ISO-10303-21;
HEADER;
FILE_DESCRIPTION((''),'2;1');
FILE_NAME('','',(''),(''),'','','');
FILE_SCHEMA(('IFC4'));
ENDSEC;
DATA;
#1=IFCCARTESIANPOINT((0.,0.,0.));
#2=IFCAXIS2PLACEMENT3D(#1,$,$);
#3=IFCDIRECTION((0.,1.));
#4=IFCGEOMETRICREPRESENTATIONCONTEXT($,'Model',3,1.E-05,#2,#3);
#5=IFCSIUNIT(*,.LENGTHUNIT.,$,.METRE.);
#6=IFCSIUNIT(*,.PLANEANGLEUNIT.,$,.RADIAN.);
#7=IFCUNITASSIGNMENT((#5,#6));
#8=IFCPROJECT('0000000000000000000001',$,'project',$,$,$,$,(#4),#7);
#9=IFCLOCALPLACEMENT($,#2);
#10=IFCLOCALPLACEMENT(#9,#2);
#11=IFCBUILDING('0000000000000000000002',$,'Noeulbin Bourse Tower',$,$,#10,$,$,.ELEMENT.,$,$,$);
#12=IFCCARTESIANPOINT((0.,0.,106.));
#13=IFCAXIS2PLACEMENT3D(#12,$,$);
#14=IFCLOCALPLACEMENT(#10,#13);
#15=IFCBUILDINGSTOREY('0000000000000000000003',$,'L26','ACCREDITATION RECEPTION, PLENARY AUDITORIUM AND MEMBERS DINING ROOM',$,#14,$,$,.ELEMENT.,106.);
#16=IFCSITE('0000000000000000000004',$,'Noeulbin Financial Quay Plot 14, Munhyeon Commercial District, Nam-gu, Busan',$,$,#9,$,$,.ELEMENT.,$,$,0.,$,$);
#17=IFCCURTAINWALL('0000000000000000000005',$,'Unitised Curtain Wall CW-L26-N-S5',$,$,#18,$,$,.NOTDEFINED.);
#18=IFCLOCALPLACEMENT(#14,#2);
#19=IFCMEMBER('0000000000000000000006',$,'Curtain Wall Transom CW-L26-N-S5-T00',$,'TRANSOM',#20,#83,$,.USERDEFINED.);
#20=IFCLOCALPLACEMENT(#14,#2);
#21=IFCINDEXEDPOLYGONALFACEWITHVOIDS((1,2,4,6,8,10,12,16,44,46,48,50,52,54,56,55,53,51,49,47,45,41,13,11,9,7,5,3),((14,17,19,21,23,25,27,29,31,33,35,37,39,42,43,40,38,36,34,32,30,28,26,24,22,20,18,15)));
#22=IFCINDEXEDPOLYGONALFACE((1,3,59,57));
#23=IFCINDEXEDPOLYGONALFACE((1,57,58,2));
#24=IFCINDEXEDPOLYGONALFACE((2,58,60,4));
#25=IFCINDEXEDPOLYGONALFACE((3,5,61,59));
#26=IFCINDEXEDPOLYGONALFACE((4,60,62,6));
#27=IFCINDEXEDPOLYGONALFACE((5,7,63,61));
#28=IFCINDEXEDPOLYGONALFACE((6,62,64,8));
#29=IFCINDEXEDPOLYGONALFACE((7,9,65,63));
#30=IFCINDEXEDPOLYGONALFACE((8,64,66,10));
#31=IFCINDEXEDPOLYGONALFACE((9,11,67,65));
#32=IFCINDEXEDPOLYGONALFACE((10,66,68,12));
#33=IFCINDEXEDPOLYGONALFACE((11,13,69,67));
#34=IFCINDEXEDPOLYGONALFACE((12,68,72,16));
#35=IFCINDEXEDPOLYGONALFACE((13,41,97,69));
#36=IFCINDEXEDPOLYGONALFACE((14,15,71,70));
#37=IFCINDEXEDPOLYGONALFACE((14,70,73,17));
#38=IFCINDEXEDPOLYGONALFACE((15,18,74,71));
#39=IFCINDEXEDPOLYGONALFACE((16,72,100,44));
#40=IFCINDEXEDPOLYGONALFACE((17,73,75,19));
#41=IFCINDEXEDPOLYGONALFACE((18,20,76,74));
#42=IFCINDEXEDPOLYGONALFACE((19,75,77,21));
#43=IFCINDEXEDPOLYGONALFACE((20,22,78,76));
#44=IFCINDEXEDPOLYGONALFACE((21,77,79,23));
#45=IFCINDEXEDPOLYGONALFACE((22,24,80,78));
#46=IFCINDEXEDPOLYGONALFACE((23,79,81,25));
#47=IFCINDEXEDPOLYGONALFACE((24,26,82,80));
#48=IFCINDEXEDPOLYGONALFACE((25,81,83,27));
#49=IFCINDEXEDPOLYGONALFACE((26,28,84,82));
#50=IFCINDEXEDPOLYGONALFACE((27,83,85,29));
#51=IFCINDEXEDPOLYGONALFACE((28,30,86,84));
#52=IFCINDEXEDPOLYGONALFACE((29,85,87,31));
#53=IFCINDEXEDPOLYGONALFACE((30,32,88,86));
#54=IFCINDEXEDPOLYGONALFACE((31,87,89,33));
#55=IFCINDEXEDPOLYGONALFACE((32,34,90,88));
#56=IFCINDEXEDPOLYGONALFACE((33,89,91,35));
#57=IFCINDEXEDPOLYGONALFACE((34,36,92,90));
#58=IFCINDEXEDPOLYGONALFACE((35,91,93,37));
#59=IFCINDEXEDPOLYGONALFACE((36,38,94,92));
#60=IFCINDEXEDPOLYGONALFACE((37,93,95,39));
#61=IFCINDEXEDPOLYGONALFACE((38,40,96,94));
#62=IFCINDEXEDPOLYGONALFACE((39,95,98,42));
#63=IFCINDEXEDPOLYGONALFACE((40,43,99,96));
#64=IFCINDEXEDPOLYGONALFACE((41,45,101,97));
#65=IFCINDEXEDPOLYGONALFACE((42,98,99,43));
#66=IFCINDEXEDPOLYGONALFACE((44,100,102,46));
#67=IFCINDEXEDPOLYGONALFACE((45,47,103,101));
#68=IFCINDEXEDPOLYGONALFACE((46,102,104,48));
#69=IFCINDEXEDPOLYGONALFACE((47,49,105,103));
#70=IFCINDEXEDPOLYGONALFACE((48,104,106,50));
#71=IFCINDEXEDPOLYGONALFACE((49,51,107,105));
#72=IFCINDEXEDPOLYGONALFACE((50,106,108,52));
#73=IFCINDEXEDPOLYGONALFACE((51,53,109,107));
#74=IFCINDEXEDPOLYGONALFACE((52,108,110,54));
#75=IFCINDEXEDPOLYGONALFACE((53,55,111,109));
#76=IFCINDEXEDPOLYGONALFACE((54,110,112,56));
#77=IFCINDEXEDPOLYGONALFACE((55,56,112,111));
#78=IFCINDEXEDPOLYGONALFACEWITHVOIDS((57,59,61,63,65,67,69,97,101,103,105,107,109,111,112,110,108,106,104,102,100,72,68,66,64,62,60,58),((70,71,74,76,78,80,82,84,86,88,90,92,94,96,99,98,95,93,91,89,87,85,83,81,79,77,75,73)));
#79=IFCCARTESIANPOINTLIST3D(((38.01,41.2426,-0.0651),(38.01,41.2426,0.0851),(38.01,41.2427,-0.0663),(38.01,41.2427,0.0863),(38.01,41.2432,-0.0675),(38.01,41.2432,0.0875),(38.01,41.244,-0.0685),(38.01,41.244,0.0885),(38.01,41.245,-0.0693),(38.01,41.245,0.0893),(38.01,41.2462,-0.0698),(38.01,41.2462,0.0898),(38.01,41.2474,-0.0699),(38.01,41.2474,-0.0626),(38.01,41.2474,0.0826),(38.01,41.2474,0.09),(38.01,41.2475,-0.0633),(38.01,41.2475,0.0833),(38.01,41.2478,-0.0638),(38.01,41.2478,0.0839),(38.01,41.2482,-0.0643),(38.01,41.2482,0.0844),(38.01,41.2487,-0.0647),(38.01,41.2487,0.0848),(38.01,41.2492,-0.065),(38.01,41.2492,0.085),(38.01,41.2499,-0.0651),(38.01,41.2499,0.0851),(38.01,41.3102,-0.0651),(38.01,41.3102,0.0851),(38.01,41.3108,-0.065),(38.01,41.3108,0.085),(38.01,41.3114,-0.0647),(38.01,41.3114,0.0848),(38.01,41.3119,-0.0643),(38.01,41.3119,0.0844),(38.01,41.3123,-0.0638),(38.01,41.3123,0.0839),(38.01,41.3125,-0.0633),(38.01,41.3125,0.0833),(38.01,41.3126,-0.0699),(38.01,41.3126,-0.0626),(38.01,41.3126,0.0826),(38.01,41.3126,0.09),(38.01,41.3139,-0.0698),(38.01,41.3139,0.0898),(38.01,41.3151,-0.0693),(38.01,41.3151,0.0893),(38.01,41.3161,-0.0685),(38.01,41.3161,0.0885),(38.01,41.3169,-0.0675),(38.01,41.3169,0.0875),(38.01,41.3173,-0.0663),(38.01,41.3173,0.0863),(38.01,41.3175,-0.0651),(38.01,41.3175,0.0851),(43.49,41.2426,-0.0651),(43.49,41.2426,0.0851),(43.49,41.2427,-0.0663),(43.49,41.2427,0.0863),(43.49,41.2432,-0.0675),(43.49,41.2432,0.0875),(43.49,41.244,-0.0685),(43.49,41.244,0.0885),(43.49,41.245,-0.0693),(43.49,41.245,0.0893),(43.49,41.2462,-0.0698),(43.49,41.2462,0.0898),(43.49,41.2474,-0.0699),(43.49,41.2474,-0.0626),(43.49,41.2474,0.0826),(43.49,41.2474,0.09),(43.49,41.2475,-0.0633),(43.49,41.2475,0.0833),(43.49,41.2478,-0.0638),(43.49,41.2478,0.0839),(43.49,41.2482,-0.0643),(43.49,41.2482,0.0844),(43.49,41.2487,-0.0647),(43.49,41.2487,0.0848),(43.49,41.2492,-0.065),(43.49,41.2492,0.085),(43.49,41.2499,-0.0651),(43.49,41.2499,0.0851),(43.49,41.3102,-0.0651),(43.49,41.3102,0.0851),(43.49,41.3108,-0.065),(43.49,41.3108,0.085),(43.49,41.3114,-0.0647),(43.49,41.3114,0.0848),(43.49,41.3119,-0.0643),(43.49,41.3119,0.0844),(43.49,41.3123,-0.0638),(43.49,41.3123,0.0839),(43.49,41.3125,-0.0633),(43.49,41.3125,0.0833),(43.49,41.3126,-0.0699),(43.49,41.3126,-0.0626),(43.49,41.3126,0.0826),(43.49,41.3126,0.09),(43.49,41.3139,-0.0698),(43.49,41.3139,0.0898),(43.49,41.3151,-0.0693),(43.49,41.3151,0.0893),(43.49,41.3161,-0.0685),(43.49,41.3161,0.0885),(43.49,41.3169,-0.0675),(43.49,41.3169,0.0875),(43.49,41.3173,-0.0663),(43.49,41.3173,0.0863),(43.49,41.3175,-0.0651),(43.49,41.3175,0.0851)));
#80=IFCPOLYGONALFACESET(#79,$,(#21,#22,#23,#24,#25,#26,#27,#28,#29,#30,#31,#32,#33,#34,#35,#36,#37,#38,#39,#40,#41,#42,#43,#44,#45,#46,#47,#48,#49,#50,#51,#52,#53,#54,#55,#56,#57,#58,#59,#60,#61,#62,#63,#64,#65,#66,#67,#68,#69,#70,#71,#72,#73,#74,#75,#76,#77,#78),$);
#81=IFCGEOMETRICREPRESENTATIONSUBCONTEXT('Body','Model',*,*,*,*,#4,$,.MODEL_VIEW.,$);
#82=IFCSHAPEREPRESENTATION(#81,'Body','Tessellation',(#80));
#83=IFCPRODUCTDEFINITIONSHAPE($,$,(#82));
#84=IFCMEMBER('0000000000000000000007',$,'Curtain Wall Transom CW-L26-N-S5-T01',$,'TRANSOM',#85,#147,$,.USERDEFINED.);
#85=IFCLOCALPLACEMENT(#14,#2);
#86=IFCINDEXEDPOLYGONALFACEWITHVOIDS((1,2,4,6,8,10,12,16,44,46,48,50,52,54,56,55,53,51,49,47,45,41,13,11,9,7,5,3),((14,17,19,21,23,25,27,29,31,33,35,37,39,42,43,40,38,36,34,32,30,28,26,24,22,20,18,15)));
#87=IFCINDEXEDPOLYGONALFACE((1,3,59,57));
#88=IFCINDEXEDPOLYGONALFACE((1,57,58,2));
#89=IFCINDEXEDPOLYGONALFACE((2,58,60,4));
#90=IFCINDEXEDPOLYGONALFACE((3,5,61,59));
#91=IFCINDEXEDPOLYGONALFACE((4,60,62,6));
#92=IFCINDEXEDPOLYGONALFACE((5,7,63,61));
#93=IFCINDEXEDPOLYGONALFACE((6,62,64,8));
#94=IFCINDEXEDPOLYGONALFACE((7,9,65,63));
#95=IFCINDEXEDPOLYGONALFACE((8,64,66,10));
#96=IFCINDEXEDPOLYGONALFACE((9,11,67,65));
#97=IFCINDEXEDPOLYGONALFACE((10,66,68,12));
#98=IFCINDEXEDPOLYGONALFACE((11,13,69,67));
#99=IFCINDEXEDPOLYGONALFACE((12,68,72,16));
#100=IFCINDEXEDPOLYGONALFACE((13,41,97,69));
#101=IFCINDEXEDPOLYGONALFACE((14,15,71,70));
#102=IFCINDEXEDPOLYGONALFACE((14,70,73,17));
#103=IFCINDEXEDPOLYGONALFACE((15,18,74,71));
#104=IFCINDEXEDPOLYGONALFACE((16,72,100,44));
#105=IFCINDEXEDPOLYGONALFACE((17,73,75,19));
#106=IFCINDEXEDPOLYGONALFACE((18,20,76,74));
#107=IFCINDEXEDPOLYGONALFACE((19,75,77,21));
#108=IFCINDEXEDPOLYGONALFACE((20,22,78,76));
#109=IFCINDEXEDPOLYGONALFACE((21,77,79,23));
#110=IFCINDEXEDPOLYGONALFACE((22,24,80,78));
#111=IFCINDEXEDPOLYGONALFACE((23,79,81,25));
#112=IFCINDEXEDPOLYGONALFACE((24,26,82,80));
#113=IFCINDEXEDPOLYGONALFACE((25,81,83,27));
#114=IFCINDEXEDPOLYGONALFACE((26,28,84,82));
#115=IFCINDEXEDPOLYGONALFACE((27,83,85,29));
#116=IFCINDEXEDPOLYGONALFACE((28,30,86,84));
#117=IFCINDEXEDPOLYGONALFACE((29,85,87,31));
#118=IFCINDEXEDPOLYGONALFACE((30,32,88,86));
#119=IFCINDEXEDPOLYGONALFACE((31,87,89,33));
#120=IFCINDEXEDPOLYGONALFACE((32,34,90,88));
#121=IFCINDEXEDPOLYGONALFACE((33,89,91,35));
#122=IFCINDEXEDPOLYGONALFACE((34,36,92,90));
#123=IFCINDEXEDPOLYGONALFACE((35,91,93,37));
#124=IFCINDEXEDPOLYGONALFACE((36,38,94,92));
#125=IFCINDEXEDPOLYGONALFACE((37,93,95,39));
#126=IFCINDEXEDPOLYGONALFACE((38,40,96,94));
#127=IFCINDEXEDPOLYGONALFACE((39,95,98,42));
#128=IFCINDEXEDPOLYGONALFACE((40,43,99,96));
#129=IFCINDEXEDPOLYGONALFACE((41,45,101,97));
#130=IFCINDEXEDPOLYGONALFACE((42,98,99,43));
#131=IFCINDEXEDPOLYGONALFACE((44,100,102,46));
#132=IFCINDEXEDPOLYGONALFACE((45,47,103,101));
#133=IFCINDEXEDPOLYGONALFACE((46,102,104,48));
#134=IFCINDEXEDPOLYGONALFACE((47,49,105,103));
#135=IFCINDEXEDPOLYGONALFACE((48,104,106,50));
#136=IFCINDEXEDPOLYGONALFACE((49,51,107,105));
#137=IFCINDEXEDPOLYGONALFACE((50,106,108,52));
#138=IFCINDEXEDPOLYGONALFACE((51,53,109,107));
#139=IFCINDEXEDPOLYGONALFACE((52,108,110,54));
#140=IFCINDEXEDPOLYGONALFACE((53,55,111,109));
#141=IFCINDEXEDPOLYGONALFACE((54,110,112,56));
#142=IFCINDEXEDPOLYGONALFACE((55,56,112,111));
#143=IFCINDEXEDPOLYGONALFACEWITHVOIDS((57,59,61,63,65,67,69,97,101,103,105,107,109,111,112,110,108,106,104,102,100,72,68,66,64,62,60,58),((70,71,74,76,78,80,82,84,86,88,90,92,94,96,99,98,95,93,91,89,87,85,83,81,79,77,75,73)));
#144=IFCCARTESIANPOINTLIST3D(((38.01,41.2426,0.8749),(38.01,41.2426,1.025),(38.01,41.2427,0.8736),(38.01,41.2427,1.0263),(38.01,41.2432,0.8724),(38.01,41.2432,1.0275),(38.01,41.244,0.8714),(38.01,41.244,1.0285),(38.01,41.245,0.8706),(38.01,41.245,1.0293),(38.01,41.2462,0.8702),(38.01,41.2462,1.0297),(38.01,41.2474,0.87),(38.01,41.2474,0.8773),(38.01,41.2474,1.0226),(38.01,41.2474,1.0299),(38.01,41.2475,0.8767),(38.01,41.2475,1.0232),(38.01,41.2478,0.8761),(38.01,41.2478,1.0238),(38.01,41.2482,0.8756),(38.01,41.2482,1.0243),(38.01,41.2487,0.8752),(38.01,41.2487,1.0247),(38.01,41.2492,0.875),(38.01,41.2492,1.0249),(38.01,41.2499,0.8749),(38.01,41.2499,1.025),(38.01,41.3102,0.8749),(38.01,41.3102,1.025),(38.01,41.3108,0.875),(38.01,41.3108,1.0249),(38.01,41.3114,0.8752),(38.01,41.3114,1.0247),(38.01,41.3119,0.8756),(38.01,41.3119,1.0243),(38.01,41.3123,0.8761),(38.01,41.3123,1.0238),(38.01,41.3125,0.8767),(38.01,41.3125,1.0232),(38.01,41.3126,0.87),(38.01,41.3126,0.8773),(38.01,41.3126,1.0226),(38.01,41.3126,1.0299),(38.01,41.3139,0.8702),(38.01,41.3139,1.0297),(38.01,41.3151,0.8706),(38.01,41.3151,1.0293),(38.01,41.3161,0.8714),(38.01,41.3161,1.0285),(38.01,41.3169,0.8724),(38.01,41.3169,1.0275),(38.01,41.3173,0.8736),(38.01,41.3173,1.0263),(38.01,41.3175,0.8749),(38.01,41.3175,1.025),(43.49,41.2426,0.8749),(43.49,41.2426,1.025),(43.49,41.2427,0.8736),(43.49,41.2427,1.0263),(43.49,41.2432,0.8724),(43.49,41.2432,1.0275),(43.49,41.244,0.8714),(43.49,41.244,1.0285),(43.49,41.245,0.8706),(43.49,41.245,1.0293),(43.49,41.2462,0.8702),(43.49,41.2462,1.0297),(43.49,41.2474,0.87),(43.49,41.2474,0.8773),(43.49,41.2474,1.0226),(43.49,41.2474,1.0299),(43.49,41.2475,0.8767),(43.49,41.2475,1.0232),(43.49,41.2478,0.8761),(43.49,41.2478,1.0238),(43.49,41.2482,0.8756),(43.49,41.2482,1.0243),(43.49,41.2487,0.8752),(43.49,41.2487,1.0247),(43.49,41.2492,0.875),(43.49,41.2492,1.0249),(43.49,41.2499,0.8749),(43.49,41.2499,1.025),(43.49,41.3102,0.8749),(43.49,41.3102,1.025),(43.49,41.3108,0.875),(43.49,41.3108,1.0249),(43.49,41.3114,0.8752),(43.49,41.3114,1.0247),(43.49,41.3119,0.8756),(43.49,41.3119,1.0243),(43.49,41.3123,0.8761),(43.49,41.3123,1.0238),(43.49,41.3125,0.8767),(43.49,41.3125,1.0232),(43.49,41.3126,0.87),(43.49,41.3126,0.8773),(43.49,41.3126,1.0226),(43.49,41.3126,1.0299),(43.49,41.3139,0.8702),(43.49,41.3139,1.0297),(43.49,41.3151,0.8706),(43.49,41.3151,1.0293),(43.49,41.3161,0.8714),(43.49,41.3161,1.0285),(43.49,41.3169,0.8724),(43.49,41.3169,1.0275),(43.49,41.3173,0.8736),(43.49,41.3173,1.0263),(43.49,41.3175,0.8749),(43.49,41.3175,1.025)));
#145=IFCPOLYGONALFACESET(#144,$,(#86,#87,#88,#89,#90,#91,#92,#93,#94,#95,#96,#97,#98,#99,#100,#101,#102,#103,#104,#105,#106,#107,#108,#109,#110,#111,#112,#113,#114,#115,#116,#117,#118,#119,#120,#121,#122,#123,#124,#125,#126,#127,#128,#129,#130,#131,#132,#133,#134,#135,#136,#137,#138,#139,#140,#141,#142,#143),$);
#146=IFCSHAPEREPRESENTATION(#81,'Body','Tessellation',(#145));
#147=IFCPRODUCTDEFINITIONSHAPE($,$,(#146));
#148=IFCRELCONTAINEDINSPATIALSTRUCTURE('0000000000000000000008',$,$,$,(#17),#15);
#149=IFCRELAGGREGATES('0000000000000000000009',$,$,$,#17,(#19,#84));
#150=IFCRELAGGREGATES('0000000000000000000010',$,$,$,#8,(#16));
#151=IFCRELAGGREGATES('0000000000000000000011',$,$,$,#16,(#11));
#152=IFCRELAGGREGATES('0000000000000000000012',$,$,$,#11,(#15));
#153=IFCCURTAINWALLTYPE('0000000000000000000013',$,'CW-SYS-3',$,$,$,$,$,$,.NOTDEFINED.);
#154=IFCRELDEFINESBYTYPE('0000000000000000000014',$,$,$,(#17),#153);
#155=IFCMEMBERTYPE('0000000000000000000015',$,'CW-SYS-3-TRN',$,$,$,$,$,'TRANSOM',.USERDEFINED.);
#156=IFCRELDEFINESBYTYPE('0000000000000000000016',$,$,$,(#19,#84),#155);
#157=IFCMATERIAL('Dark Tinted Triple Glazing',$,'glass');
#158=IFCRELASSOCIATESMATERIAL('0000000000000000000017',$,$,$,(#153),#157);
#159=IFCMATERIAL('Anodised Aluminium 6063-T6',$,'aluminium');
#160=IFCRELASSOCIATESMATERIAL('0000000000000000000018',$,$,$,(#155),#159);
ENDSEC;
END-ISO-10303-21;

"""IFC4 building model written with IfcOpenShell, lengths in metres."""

from ifc_helpers import new_model, si_unit, direction, frame, origin, origin_2d, place, context, subcontext, project, spatial, hollow_rectangle, extrude, material, material_profile, profile_set, type_object, element, aggregate, save


model = new_model("IFC4")

# Units and contexts
model_context = context("Model", 3, precision=1e-05, world=origin(), true_north=direction((0.0, 1.0)))
body_context = subcontext(model_context, "Body", "Model", "MODEL_VIEW")
ifc_project = project(units=[si_unit("LENGTHUNIT", "METRE"), si_unit("PLANEANGLEUNIT", "RADIAN")], contexts=[model_context])

# Site, building, storey
site_placement = place(None, origin())
site = spatial("IfcSite", under=ifc_project, at=site_placement, Name="Noeulbin Financial Quay Plot 14, Munhyeon Commercial District, Nam-gu, Busan", CompositionType="ELEMENT", RefElevation=0.0)
building_placement = place(site_placement, origin())
building = spatial("IfcBuilding", under=site, at=building_placement, Name="Noeulbin Bourse Tower", CompositionType="ELEMENT")
storey_placement = place(building_placement, frame((0.0, 0.0, 106.0)))
storey = spatial("IfcBuildingStorey", under=building, at=storey_placement, Name="L26", Description="ACCREDITATION RECEPTION, PLENARY AUDITORIUM AND MEMBERS DINING ROOM", CompositionType="ELEMENT", Elevation=106.0)

# Shared definitions
ifc_material_1 = material(Name="Dark Tinted Triple Glazing", Category="glass")
curtain_wall_type = type_object("IfcCurtainWallType", Name="CW-SYS-3", PredefinedType="NOTDEFINED", material=ifc_material_1)
ifc_material_2 = material(Name="Anodised Aluminium 6063-T6", Category="aluminium")

# Curtain wall
curtain_wall_1_placement = place(storey_placement, origin())
curtain_wall_1 = element("IfcCurtainWall", 1, at=curtain_wall_1_placement, inside=storey, type_object=curtain_wall_type, Name="Unitised Curtain Wall CW-L26-N-S5", PredefinedType="NOTDEFINED")

# Members
ifc_material_profile_1 = material_profile(ifc_material_2, hollow_rectangle(XDim=0.075, YDim=0.1599, WallThickness=0.0049, InnerFilletRadius=0.0024, OuterFilletRadius=0.0049, at=origin_2d()), Name="ALU-TRAN-75x160x5", Category="LoadBearing")
ifc_profile_set_1 = profile_set([ifc_material_profile_1], Name="Anodised Aluminium 6063-T6")
member_type_1 = type_object("IfcMemberType", Name="CW-SYS-3-TRN", ElementType="TRANSOM", PredefinedType="USERDEFINED", material=ifc_profile_set_1)
member_1_placement = place(storey_placement, frame((38.01, 41.28, 0.01), z_axis=(1.0, 0.0, 0.0), x_axis=(0.0, 1.0, 0.0)))
member_1 = element("IfcMember", 2, at=member_1_placement, type_object=member_type_1, Name="Curtain Wall Transom CW-L26-N-S5-T00", ObjectType="TRANSOM", PredefinedType="USERDEFINED", context=body_context, shape_type="SweptSolid", body=[
    extrude(hollow_rectangle(XDim=0.075, YDim=0.1599, WallThickness=0.0049, InnerFilletRadius=0.0024, OuterFilletRadius=0.0049, at=origin_2d()), origin(), (0.0, 0.0, 1.0), 5.48),
])
member_2_placement = place(storey_placement, frame((38.01, 41.28, 0.95), z_axis=(1.0, 0.0, 0.0), x_axis=(0.0, 1.0, 0.0)))
member_2 = element("IfcMember", 3, at=member_2_placement, type_object=member_type_1, Name="Curtain Wall Transom CW-L26-N-S5-T01", ObjectType="TRANSOM", PredefinedType="USERDEFINED", context=body_context, shape_type="SweptSolid", body=[
    extrude(hollow_rectangle(XDim=0.075, YDim=0.1599, WallThickness=0.0049, InnerFilletRadius=0.0024, OuterFilletRadius=0.0049, at=origin_2d()), origin(), (0.0, 0.0, 1.0), 5.48),
])
aggregate(curtain_wall_1, [member_1, member_2])

save(model, "model.ifc")
